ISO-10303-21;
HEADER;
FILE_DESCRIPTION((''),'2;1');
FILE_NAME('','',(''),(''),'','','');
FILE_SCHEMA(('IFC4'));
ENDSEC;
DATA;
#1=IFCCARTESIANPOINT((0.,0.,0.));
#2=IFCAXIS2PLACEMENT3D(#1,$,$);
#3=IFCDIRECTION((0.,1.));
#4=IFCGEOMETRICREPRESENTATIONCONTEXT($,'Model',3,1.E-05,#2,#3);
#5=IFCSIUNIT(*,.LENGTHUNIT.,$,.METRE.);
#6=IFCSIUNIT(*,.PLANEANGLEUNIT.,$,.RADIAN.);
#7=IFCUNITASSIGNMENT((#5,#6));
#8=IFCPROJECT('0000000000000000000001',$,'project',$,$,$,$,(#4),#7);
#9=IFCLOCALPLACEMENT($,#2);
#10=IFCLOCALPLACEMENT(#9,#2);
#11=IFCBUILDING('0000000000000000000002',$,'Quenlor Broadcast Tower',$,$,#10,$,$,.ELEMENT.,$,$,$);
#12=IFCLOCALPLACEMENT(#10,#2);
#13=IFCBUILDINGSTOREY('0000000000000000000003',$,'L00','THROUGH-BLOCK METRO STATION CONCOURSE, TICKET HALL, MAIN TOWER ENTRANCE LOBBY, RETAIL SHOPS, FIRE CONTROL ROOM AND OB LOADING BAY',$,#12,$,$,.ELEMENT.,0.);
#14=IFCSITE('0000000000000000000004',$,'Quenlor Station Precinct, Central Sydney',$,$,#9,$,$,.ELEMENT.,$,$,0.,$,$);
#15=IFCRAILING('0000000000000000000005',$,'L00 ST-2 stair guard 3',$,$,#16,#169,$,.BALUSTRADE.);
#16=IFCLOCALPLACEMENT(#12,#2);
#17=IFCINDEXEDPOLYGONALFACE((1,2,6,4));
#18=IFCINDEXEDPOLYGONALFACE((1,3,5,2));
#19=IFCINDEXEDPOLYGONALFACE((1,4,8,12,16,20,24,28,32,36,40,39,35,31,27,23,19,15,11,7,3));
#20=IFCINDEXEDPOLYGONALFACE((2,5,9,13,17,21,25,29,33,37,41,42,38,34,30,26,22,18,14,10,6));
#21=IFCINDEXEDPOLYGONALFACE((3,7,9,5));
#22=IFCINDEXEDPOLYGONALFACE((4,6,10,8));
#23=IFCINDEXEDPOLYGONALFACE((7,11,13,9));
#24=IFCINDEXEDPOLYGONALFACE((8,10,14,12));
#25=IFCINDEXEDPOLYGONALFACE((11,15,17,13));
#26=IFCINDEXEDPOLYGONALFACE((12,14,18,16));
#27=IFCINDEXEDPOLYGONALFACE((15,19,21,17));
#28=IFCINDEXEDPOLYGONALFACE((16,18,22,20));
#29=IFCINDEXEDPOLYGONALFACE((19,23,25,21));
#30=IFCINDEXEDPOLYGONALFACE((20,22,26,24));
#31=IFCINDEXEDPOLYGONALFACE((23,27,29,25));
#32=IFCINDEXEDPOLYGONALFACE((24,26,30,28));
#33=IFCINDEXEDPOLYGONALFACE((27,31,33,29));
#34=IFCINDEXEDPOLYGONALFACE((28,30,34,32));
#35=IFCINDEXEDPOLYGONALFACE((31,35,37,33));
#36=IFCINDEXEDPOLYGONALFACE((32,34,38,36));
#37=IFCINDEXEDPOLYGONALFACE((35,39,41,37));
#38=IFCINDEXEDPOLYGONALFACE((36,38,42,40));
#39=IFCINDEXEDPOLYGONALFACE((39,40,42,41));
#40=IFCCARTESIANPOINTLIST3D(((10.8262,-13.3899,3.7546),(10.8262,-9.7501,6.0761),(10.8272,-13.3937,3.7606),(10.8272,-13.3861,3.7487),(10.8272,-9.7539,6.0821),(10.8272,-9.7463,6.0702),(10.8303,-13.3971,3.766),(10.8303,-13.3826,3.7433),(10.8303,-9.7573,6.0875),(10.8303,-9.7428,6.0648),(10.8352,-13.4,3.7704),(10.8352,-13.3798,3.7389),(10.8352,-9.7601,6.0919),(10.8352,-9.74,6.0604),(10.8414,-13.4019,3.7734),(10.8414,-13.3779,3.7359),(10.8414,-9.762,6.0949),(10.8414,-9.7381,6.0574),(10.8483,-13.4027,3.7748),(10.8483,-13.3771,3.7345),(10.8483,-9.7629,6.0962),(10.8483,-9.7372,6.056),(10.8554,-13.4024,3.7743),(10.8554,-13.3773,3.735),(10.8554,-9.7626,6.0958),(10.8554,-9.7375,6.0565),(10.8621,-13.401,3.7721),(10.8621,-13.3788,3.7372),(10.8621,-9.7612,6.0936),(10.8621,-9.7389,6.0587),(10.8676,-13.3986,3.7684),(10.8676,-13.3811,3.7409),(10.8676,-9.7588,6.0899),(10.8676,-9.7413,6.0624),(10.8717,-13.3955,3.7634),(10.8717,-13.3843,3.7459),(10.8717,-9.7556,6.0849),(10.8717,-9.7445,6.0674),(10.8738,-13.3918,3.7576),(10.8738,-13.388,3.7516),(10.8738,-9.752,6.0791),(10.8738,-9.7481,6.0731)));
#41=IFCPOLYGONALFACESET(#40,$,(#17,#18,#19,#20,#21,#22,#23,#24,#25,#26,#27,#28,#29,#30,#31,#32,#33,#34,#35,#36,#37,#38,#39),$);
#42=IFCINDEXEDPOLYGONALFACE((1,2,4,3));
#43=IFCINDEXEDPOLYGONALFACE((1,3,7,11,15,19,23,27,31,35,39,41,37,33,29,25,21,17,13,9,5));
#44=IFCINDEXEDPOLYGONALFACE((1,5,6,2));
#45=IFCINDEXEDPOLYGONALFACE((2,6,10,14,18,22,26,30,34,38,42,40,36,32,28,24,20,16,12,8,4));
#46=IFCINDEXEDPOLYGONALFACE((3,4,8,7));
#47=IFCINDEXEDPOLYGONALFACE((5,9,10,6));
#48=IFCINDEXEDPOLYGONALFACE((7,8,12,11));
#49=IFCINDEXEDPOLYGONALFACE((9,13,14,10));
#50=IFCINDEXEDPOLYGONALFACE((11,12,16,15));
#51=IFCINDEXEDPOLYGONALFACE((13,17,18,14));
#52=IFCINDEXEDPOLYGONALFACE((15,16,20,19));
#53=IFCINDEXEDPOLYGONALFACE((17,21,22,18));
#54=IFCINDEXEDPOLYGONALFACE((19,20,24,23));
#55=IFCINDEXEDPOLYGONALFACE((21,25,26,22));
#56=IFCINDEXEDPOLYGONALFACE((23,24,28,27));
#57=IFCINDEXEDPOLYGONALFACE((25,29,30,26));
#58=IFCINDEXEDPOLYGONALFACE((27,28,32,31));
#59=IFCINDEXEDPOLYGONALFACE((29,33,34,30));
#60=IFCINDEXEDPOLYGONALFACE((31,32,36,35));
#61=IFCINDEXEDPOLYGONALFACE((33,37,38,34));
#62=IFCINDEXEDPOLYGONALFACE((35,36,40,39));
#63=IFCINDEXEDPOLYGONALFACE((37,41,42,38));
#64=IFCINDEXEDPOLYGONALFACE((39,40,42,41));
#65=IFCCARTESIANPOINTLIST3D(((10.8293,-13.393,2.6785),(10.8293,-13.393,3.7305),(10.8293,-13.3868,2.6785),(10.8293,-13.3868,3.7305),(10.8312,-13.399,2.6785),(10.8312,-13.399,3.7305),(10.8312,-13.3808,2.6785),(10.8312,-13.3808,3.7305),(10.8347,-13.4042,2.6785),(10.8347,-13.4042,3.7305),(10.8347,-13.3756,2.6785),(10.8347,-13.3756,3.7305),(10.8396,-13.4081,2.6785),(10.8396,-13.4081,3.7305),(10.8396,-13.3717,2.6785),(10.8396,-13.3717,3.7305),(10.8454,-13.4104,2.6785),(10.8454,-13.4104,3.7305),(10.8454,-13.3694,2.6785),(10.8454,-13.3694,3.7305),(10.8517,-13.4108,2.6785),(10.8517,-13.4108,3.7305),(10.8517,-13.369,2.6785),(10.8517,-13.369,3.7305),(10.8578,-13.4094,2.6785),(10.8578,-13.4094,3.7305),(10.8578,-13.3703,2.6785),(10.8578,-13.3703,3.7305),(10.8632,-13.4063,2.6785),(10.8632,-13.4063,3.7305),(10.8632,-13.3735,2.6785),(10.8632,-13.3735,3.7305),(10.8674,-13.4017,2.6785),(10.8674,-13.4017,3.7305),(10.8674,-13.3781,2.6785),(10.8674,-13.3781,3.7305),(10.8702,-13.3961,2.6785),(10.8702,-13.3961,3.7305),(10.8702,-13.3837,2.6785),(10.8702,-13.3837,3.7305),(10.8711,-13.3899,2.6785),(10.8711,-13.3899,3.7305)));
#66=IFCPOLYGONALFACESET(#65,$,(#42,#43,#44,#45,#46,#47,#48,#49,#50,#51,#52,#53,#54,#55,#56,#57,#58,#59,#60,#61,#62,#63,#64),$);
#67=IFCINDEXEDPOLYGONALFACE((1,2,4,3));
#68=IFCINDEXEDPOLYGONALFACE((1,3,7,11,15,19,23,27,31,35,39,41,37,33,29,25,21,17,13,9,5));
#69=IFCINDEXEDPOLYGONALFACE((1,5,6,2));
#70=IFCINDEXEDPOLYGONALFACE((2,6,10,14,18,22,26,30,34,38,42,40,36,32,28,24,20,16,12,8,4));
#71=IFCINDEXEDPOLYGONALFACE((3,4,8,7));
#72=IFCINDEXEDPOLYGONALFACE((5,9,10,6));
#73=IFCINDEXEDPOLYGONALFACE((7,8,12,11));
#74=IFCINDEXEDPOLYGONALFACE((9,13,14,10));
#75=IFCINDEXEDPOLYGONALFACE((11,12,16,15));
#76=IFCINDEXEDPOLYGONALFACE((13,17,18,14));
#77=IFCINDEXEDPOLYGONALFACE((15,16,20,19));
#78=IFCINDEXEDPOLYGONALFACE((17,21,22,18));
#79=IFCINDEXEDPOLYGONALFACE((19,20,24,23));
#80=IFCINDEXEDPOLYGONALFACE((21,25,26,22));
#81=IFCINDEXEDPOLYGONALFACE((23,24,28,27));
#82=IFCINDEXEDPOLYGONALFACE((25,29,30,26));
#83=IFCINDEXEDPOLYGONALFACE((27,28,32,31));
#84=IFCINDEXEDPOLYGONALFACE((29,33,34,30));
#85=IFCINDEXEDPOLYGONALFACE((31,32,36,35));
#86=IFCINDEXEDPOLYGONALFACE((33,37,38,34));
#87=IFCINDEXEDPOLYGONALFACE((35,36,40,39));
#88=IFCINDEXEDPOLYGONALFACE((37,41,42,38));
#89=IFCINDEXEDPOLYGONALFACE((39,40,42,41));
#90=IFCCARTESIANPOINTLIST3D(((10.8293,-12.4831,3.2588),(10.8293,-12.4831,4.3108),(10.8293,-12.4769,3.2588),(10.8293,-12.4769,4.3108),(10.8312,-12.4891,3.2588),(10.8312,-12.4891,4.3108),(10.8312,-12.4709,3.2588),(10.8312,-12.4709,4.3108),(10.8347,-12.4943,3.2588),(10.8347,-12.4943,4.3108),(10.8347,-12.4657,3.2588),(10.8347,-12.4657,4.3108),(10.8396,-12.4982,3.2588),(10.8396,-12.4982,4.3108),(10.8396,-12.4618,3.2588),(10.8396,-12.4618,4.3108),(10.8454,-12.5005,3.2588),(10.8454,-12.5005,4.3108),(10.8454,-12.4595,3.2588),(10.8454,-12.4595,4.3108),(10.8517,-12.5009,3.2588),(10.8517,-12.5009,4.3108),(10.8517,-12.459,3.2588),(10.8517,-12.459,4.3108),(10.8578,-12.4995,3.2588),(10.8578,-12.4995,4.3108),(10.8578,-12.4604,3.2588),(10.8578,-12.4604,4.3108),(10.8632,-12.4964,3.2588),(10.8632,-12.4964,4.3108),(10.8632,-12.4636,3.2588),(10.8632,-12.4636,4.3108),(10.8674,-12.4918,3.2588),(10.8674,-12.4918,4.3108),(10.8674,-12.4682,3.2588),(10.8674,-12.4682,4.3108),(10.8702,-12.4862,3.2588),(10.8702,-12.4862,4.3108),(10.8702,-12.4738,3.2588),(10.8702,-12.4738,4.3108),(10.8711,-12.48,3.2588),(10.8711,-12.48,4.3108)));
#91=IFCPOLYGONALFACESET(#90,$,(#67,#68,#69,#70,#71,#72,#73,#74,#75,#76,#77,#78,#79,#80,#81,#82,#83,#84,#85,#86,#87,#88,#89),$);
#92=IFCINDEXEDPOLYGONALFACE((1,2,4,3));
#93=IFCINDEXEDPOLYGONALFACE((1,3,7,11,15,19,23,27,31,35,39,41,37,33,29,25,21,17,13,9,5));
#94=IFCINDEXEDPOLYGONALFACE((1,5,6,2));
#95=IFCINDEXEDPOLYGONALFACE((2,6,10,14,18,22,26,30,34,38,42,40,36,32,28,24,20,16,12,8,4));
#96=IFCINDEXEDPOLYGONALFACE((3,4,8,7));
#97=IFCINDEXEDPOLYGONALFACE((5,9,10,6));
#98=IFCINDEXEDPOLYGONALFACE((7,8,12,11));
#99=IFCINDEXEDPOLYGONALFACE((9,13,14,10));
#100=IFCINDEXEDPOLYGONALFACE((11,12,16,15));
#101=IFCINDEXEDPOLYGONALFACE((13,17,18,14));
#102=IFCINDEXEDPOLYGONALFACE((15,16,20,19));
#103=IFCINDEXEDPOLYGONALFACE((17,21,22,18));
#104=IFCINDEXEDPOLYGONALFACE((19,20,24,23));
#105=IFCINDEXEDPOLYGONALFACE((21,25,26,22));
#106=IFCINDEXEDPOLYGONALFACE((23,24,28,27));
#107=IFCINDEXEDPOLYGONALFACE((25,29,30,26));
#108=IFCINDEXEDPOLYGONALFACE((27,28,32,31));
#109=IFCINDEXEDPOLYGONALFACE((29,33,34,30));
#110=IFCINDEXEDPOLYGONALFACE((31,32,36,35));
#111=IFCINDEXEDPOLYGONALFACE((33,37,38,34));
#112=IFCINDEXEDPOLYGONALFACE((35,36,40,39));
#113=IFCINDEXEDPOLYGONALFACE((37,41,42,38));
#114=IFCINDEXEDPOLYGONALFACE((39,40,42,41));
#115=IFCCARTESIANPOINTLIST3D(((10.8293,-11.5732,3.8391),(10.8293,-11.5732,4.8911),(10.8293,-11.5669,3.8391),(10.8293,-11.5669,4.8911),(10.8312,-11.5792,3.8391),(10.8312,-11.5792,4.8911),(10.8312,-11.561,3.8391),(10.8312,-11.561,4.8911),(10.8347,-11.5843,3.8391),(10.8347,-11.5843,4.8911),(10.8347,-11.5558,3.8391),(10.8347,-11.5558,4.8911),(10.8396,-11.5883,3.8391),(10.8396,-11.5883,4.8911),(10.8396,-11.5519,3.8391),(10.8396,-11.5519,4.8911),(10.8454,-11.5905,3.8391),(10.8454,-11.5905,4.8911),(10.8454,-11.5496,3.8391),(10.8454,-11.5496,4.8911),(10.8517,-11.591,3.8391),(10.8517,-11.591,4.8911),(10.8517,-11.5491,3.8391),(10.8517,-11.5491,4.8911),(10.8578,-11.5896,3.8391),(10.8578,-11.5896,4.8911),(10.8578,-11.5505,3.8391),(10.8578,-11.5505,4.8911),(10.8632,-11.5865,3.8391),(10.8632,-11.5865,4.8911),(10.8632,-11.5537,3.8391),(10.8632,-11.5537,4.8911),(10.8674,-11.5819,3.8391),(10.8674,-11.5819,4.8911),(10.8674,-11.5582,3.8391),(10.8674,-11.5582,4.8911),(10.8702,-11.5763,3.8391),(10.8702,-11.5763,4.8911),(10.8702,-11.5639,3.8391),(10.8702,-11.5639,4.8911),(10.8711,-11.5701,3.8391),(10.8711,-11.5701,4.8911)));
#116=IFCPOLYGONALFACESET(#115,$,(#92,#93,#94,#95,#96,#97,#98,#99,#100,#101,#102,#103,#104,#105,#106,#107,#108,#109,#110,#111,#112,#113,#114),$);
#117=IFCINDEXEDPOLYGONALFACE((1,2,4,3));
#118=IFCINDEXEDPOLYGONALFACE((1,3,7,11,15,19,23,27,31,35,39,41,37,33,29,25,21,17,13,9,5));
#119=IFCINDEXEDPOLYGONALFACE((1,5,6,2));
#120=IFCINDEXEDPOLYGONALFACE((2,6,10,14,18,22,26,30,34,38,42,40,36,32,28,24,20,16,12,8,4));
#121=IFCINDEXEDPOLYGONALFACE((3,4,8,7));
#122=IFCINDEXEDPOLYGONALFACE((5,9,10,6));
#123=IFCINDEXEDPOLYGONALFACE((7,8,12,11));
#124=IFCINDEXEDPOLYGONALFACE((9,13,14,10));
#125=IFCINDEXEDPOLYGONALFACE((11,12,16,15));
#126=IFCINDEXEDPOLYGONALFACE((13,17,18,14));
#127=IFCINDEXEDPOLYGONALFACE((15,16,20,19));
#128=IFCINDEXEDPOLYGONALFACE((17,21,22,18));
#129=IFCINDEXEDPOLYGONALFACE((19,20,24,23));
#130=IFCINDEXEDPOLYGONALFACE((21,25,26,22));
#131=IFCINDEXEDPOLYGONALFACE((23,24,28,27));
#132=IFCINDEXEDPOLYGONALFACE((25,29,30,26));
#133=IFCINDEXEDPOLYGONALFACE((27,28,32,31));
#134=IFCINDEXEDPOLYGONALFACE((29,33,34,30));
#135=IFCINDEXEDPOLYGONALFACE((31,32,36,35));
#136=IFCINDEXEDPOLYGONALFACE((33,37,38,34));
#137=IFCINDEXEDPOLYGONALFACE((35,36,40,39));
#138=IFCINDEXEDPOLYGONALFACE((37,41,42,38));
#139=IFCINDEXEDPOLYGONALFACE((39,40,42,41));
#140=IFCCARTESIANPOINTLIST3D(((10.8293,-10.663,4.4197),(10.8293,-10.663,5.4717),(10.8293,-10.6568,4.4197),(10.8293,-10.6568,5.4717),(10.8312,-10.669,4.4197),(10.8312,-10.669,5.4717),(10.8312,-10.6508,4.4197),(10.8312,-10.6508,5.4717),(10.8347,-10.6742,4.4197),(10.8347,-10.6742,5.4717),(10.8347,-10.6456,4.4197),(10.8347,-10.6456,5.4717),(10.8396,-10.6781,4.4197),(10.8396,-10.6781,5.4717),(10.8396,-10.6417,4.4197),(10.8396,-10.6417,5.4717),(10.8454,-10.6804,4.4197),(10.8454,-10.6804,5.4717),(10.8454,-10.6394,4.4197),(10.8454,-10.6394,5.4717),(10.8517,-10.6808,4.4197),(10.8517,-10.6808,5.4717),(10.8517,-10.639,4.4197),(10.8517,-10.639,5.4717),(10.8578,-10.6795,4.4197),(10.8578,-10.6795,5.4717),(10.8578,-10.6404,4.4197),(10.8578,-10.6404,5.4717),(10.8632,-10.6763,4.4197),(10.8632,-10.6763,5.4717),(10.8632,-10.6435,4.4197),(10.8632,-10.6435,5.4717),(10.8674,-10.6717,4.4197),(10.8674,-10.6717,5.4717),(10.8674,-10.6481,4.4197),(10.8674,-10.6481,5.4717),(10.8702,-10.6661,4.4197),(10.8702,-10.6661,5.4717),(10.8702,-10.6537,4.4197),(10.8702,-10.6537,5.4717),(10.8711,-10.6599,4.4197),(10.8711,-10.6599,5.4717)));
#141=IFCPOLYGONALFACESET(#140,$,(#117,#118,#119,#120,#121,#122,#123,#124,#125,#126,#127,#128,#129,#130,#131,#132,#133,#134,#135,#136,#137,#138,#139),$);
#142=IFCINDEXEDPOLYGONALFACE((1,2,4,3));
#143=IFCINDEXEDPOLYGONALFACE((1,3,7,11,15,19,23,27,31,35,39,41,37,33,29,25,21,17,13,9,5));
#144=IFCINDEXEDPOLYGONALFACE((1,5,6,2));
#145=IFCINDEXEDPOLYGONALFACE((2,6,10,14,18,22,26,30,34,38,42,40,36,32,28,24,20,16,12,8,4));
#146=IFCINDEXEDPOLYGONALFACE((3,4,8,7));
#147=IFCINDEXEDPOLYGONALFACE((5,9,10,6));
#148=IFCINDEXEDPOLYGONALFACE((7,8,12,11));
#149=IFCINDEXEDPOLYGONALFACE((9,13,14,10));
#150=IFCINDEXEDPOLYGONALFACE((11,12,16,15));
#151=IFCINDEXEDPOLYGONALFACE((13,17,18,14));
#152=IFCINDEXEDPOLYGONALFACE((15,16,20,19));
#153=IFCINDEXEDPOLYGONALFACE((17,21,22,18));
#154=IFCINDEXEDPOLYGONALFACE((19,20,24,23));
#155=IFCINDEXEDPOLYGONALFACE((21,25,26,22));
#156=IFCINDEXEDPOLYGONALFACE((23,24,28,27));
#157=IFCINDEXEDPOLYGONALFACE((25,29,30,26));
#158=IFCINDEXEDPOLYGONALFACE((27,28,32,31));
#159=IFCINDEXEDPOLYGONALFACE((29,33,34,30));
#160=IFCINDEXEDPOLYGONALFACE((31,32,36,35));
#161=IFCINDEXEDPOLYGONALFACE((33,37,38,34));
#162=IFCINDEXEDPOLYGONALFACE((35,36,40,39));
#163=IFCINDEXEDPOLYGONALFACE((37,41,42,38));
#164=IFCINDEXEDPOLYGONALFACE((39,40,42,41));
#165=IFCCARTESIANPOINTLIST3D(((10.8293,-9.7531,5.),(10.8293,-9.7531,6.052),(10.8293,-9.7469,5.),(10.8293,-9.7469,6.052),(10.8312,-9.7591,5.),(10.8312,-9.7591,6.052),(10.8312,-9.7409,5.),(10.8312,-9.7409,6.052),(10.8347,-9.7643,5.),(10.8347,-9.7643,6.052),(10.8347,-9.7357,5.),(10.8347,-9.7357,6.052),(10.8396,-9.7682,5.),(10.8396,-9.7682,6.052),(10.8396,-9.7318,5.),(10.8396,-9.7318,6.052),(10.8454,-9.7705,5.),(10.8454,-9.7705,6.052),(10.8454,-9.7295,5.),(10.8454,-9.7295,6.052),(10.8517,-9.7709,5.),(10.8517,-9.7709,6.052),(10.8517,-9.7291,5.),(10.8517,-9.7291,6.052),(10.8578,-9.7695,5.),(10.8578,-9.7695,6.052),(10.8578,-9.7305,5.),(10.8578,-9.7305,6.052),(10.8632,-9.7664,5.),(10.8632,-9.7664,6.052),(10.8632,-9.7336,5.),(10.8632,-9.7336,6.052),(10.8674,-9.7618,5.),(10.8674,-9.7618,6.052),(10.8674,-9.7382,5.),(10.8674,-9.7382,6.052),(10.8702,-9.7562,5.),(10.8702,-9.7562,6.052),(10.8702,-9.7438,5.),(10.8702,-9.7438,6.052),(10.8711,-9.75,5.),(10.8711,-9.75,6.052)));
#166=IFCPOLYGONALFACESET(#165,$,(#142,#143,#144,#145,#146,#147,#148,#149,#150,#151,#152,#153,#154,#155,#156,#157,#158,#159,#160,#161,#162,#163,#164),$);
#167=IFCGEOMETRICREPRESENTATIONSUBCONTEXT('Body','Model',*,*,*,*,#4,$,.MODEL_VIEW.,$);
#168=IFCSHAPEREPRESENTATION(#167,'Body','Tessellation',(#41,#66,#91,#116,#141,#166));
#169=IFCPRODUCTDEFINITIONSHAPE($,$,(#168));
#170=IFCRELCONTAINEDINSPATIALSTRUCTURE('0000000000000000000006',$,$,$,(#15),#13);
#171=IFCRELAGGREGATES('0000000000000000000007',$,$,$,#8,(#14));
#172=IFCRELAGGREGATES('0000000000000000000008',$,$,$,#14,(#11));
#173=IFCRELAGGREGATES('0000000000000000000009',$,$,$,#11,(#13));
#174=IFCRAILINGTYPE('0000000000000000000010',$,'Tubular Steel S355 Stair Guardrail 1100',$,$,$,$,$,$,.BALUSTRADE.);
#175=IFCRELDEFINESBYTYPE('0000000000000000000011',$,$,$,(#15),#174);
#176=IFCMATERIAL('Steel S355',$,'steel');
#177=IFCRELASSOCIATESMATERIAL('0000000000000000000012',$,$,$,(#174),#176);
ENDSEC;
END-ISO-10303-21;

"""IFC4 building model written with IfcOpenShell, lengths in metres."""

from ifc_helpers import new_model, si_unit, direction, frame, origin, origin_2d, place, context, subcontext, project, spatial, circle, extrude, material, type_object, element, save


model = new_model("IFC4")

# Units and contexts
model_context = context("Model", 3, precision=1e-05, world=origin(), true_north=direction((0.0, 1.0)))
body_context = subcontext(model_context, "Body", "Model", "MODEL_VIEW")
ifc_project = project(units=[si_unit("LENGTHUNIT", "METRE"), si_unit("PLANEANGLEUNIT", "RADIAN")], contexts=[model_context])

# Site, building, storey
site_placement = place(None, origin())
site = spatial("IfcSite", under=ifc_project, at=site_placement, Name="Quenlor Station Precinct, Central Sydney", CompositionType="ELEMENT", RefElevation=0.0)
building_placement = place(site_placement, origin())
building = spatial("IfcBuilding", under=site, at=building_placement, Name="Quenlor Broadcast Tower", CompositionType="ELEMENT")
storey_placement = place(building_placement, origin())
storey = spatial("IfcBuildingStorey", under=building, at=storey_placement, Name="L00", Description="THROUGH-BLOCK METRO STATION CONCOURSE, TICKET HALL, MAIN TOWER ENTRANCE LOBBY, RETAIL SHOPS, FIRE CONTROL ROOM AND OB LOADING BAY", CompositionType="ELEMENT", Elevation=0.0)

# Railing
ifc_material_1 = material(Name="Steel S355", Category="steel")
railing_type_1 = type_object("IfcRailingType", Name="Tubular Steel S355 Stair Guardrail 1100", PredefinedType="BALUSTRADE", material=ifc_material_1)
railing_1_placement = place(storey_placement, frame((10.8501, -13.3899, 2.6785)))
element("IfcRailing", 1, at=railing_1_placement, inside=storey, type_object=railing_type_1, Name="L00 ST-2 stair guard 3", PredefinedType="BALUSTRADE", context=body_context, shape_type="SweptSolid", body=[
    extrude(circle(Radius=0.0239, at=origin_2d()), frame((0.0, 0.0, 1.0762), z_axis=(0.0, 0.843112, 0.537739), x_axis=(-1.0, 0.0, 0.0)), (0.0, 0.0, 1.0), 4.3171),
    extrude(circle(Radius=0.021, at=origin_2d()), origin(), (0.0, 0.0, 1.0), 1.052),
    extrude(circle(Radius=0.021, at=origin_2d()), frame((0.0, 0.9099, 0.5803)), (0.0, 0.0, 1.0), 1.052),
    extrude(circle(Radius=0.021, at=origin_2d()), frame((0.0, 1.8198, 1.1606)), (0.0, 0.0, 1.0), 1.052),
    extrude(circle(Radius=0.021, at=origin_2d()), frame((0.0, 2.73, 1.7412)), (0.0, 0.0, 1.0), 1.052),
    extrude(circle(Radius=0.021, at=origin_2d()), frame((0.0, 3.6399, 2.3215)), (0.0, 0.0, 1.0), 1.052),
])

save(model, "model.ifc")
